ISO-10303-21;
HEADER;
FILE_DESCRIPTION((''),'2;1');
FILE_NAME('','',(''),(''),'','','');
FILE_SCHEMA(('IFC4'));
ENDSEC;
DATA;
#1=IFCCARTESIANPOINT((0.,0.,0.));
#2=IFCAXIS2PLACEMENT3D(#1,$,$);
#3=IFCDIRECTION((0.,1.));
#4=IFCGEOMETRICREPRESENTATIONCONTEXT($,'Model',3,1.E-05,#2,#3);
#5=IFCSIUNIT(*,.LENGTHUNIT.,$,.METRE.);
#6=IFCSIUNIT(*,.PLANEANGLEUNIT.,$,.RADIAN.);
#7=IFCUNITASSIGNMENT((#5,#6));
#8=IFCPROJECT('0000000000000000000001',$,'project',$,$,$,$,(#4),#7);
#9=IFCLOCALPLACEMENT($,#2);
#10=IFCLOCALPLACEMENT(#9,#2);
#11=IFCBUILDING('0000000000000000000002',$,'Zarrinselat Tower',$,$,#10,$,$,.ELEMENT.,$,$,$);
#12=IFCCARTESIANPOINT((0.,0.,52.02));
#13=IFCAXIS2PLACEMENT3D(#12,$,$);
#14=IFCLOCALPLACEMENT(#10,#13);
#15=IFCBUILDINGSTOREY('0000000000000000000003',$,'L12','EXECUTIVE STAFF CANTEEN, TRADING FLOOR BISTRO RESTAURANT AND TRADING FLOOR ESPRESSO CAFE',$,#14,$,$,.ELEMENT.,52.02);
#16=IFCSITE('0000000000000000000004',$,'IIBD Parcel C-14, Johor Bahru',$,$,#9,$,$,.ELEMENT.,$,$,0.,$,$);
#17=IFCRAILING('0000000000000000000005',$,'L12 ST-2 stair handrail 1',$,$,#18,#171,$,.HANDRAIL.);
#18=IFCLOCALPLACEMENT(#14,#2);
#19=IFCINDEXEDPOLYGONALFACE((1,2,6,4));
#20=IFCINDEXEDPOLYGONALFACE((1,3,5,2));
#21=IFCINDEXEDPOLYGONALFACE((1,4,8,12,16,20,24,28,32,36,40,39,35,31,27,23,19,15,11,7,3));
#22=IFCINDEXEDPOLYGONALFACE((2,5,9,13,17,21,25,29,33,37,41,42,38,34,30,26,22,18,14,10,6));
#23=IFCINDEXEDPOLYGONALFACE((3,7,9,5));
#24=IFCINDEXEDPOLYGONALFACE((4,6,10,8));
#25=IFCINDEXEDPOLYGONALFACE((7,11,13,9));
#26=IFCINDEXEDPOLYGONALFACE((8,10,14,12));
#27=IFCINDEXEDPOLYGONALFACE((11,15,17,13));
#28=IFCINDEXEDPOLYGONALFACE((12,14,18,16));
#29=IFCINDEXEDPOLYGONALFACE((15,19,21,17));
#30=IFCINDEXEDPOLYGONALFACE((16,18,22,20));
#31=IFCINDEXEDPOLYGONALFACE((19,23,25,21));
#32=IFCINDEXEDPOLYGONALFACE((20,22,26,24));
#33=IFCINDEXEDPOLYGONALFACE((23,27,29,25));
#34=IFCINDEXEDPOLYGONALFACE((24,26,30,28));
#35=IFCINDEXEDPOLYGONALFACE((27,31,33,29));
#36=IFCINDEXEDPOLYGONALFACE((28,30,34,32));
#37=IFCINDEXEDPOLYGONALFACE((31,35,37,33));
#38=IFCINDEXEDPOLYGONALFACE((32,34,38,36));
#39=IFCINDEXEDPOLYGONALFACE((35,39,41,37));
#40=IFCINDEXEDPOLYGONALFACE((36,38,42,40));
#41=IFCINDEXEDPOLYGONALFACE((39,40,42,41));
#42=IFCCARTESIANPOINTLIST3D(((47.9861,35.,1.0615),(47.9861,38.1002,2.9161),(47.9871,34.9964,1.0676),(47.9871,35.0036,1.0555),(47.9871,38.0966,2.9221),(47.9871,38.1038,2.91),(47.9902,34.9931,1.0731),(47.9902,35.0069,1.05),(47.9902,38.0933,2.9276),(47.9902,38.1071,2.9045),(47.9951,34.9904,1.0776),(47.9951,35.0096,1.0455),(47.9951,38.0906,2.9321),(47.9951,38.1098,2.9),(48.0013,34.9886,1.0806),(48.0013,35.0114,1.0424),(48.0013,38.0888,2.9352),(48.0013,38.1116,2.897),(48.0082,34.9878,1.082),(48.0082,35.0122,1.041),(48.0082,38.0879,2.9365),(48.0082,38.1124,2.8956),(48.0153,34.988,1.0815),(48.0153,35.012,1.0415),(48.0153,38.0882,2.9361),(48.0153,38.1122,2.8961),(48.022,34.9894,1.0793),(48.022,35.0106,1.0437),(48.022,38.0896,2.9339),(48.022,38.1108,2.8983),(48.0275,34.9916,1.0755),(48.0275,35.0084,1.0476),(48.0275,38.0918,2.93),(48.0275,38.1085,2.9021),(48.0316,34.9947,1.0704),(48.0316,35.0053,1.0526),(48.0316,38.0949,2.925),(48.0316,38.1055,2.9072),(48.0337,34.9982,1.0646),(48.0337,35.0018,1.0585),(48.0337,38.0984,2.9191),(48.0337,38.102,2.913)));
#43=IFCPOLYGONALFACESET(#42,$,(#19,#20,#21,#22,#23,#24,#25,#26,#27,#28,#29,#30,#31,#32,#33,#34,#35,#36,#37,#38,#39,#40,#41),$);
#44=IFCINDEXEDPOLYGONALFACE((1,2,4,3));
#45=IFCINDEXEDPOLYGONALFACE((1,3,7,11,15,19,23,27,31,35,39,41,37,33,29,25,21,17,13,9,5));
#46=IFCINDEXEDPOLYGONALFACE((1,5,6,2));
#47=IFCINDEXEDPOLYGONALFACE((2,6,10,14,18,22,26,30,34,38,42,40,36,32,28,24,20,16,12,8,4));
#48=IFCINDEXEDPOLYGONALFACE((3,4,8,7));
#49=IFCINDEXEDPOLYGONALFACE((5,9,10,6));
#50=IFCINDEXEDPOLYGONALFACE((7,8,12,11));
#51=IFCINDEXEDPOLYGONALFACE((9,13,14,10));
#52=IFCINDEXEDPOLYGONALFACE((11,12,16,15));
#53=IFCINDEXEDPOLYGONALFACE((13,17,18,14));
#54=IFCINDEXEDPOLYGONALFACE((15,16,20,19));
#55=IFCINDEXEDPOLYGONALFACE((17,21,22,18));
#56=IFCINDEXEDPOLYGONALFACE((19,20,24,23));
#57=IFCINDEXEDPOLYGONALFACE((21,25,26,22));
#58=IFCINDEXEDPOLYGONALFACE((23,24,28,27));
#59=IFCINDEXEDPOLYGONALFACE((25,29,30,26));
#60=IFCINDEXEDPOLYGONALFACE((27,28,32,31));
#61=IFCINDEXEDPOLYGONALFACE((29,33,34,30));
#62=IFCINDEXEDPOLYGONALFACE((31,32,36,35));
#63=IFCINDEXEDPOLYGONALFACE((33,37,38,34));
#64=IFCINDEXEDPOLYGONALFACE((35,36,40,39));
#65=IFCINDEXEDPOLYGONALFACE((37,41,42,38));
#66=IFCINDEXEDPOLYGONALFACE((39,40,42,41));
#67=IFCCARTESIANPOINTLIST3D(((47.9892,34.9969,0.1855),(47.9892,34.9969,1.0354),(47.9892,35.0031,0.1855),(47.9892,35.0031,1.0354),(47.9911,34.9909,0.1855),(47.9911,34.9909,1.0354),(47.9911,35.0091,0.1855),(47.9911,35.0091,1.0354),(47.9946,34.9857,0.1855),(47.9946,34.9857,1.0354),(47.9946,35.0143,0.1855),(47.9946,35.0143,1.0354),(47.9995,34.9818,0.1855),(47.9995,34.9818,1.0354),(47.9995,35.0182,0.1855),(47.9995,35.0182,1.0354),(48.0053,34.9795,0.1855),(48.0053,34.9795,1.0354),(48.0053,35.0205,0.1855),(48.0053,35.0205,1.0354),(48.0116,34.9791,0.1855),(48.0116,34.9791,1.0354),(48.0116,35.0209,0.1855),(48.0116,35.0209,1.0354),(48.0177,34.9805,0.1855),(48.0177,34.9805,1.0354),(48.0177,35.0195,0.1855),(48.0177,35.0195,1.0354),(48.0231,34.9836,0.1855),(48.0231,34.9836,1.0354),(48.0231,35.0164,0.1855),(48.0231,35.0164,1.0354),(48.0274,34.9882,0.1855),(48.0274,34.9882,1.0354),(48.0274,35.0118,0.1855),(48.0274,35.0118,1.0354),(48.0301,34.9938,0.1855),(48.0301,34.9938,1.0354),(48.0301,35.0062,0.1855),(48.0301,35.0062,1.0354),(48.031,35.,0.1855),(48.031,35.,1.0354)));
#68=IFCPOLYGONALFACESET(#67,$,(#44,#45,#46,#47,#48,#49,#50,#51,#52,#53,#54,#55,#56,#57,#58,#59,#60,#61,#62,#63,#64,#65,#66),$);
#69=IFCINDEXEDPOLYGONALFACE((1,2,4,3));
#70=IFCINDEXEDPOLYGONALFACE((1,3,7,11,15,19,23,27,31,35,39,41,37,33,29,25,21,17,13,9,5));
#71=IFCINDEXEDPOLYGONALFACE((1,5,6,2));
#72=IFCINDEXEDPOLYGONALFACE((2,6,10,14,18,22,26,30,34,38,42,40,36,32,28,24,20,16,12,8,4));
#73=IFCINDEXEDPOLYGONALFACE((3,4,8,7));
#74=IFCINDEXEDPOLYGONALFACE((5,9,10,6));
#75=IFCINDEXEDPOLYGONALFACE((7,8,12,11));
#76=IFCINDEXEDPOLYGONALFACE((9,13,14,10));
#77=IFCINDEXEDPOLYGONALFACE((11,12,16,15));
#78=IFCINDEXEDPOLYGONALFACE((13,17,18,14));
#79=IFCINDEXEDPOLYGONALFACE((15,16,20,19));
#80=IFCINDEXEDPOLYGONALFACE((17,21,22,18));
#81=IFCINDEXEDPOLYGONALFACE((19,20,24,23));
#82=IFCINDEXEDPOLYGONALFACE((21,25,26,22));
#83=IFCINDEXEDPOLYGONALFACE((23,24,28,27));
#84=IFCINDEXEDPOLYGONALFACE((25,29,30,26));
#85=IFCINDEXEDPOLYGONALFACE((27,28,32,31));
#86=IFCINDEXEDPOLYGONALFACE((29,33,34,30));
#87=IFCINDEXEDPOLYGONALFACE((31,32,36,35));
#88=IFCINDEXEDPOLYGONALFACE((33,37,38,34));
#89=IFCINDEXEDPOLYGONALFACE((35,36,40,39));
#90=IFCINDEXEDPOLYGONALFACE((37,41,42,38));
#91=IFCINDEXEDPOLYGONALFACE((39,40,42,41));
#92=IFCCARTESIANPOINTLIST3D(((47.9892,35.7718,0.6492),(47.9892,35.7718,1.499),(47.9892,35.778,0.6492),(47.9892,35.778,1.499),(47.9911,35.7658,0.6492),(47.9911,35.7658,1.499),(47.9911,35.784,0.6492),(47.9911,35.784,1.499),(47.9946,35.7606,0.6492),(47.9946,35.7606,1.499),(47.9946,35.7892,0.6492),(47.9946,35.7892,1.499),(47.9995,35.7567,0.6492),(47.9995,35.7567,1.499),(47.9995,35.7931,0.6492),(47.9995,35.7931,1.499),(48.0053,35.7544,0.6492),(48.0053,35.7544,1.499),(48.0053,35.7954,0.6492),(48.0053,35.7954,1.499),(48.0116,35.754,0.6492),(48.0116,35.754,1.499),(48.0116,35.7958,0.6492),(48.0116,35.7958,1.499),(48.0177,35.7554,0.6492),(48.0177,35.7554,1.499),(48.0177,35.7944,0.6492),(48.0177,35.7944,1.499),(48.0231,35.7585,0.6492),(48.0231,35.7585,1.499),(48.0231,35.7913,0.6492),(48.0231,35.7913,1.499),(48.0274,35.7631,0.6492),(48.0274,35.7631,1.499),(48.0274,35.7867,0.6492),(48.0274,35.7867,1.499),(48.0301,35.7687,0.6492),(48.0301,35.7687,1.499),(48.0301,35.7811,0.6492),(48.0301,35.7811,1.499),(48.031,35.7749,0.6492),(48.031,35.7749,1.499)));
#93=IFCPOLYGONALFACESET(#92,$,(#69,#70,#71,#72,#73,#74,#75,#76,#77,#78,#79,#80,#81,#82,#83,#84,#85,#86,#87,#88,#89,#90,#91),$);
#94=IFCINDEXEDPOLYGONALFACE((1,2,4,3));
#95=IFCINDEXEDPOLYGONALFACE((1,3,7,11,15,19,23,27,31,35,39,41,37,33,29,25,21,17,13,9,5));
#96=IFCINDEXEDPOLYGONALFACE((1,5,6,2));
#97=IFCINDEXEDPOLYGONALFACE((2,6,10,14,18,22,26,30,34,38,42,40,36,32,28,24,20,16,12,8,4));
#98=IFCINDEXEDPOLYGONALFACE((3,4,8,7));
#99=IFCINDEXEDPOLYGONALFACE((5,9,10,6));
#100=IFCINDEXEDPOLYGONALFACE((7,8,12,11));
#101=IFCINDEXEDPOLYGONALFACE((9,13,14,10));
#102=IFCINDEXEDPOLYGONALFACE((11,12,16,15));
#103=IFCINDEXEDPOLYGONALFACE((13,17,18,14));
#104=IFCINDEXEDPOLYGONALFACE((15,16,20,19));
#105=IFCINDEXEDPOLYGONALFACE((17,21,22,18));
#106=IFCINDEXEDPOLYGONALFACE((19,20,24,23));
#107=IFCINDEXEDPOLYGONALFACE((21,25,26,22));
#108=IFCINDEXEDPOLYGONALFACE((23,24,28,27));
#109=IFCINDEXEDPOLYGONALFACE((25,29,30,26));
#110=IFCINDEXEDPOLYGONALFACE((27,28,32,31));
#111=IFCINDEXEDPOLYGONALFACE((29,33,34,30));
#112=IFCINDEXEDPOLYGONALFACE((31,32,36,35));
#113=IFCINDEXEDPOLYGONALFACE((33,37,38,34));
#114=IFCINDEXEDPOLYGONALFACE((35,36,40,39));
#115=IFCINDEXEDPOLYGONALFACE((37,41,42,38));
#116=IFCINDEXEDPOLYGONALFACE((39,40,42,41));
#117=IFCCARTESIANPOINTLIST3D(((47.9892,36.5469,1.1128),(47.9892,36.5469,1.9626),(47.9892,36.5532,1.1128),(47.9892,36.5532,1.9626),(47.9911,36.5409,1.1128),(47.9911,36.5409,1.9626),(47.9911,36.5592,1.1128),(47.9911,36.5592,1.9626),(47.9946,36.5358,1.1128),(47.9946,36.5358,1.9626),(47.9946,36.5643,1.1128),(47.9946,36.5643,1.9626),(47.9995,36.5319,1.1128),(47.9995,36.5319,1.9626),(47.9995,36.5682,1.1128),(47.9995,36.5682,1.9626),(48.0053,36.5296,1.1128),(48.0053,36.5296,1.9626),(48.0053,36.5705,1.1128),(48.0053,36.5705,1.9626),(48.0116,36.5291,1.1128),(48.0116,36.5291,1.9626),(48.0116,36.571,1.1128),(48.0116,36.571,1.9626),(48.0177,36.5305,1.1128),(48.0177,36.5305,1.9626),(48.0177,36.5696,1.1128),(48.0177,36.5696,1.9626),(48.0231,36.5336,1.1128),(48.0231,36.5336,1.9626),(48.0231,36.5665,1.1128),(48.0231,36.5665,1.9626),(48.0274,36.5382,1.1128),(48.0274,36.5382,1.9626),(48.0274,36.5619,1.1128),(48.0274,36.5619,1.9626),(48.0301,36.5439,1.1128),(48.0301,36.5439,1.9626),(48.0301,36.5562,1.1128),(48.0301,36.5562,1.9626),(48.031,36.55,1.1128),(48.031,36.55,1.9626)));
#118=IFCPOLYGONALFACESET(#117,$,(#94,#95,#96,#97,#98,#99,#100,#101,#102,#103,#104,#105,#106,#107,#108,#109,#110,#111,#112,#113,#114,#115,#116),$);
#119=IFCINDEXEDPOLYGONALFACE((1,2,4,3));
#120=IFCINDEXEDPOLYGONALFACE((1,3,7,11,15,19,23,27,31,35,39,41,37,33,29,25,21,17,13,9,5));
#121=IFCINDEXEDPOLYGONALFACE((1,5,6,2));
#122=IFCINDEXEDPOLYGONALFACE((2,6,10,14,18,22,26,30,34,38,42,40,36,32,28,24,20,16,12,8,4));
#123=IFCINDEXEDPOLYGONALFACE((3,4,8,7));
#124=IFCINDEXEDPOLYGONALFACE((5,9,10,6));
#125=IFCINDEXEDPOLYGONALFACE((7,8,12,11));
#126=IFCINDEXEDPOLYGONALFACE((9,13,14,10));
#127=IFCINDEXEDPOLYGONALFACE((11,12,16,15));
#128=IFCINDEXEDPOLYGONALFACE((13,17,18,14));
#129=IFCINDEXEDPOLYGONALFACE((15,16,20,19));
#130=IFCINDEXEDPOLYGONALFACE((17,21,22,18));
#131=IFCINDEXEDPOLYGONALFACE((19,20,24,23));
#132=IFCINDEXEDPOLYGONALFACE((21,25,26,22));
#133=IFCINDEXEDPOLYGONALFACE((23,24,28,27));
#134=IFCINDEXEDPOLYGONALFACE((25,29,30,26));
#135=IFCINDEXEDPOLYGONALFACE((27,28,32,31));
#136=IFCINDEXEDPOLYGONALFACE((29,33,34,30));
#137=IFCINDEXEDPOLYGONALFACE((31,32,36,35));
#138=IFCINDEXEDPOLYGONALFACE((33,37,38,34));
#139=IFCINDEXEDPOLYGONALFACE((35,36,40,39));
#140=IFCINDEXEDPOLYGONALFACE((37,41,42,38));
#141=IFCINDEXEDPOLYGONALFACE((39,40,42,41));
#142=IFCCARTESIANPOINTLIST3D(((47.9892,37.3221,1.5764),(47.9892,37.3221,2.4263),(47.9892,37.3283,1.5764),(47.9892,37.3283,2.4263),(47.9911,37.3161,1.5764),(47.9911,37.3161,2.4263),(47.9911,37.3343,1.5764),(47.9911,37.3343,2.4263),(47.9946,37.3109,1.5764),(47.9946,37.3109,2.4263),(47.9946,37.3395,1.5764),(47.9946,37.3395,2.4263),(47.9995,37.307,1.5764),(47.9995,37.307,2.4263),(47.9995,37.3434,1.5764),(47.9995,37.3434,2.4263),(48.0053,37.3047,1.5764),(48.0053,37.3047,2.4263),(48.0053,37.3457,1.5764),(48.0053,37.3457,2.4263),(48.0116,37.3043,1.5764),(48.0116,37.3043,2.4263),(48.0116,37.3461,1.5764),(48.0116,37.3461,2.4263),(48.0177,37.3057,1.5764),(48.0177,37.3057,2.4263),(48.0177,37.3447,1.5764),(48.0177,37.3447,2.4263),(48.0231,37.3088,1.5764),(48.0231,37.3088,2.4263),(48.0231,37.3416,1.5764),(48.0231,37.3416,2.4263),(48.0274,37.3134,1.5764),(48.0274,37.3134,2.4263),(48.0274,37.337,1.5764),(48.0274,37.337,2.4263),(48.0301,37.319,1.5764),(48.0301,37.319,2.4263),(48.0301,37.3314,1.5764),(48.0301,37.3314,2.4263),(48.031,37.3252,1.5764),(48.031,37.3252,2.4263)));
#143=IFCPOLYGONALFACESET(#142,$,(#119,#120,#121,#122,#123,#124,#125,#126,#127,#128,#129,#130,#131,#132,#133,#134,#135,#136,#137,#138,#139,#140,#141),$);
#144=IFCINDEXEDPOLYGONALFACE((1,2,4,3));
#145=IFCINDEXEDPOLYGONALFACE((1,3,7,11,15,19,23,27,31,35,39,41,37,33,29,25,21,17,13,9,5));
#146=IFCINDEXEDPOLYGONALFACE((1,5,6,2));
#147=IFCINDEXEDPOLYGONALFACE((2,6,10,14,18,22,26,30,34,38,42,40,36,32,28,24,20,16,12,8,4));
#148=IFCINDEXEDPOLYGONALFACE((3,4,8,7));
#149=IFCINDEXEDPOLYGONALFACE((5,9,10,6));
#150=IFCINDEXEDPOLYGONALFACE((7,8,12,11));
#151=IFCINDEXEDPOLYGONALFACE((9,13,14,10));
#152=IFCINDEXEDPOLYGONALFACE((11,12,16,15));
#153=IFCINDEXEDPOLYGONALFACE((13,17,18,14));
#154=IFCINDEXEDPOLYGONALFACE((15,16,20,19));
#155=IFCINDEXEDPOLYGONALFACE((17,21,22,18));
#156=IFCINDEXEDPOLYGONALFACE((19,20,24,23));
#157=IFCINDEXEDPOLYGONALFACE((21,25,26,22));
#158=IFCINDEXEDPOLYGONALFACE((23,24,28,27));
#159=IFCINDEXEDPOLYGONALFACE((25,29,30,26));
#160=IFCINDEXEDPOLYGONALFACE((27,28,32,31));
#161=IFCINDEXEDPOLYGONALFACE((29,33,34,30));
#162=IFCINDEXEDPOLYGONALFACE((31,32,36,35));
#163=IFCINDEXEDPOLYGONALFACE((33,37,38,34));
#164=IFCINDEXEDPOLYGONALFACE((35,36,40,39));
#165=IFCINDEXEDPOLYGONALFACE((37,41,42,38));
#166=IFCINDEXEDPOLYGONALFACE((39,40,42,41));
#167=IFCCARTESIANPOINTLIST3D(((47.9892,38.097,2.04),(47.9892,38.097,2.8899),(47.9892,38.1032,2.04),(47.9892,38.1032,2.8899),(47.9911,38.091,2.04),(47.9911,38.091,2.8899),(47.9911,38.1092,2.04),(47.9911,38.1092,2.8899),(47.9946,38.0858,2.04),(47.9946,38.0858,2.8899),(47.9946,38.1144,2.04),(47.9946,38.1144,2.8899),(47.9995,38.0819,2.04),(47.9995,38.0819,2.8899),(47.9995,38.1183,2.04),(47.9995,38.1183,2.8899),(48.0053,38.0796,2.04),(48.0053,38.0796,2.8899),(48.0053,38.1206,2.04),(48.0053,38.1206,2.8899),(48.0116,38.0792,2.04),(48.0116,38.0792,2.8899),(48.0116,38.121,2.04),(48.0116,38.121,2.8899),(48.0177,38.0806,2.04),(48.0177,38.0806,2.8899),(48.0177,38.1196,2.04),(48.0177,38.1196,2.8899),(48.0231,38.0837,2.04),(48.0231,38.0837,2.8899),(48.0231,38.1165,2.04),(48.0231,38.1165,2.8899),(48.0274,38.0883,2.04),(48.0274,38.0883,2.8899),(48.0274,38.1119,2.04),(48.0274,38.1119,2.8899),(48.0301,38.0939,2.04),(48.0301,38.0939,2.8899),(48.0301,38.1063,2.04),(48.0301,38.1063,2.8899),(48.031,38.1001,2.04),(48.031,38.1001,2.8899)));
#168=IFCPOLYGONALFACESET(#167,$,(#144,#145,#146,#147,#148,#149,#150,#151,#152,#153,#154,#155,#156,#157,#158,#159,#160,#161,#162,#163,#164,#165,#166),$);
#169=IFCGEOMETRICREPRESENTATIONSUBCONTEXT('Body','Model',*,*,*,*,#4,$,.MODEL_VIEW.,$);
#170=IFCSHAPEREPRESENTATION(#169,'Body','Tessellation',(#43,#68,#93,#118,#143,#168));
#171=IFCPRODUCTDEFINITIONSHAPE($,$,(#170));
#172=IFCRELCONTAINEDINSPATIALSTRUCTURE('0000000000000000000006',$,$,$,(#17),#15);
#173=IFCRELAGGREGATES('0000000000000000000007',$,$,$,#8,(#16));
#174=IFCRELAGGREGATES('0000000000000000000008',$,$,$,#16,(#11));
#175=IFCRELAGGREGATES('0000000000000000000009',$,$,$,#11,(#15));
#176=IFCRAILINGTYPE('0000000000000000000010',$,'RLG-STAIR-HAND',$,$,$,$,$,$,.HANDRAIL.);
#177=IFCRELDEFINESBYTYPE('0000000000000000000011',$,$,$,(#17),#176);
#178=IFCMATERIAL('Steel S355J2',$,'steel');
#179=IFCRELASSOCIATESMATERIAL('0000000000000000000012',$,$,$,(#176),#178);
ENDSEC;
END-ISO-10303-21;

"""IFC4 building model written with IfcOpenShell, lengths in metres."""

from ifc_helpers import new_model, si_unit, direction, frame, origin, origin_2d, place, context, subcontext, project, spatial, circle, extrude, material, type_object, element, save


model = new_model("IFC4")

# Units and contexts
model_context = context("Model", 3, precision=1e-05, world=origin(), true_north=direction((0.0, 1.0)))
body_context = subcontext(model_context, "Body", "Model", "MODEL_VIEW")
ifc_project = project(units=[si_unit("LENGTHUNIT", "METRE"), si_unit("PLANEANGLEUNIT", "RADIAN")], contexts=[model_context])

# Site, building, storey
site_placement = place(None, origin())
site = spatial("IfcSite", under=ifc_project, at=site_placement, Name="IIBD Parcel C-14, Johor Bahru", CompositionType="ELEMENT", RefElevation=0.0)
building_placement = place(site_placement, origin())
building = spatial("IfcBuilding", under=site, at=building_placement, Name="Zarrinselat Tower", CompositionType="ELEMENT")
storey_placement = place(building_placement, frame((0.0, 0.0, 52.02)))
storey = spatial("IfcBuildingStorey", under=building, at=storey_placement, Name="L12", Description="EXECUTIVE STAFF CANTEEN, TRADING FLOOR BISTRO RESTAURANT AND TRADING FLOOR ESPRESSO CAFE", CompositionType="ELEMENT", Elevation=52.02)

# Railing
ifc_material_1 = material(Name="Steel S355J2", Category="steel")
railing_type_1 = type_object("IfcRailingType", Name="RLG-STAIR-HAND", PredefinedType="HANDRAIL", material=ifc_material_1)
railing_1_placement = place(storey_placement, frame((48.01, 35.0, 0.1855)))
element("IfcRailing", 1, at=railing_1_placement, inside=storey, type_object=railing_type_1, Name="L12 ST-2 stair handrail 1", PredefinedType="HANDRAIL", context=body_context, shape_type="SweptSolid", body=[
    extrude(circle(Radius=0.0239, at=origin_2d()), frame((0.0, 0.0, 0.876), z_axis=(0.0, 0.858172, 0.513362), x_axis=(-1.0, 0.0, 0.0)), (0.0, 0.0, 1.0), 3.6125),
    extrude(circle(Radius=0.021, at=origin_2d()), origin(), (0.0, 0.0, 1.0), 0.8499),
    extrude(circle(Radius=0.021, at=origin_2d()), frame((0.0, 0.7749, 0.4636)), (0.0, 0.0, 1.0), 0.8499),
    extrude(circle(Radius=0.021, at=origin_2d()), frame((0.0, 1.55, 0.9272)), (0.0, 0.0, 1.0), 0.8499),
    extrude(circle(Radius=0.021, at=origin_2d()), frame((0.0, 2.3252, 1.3909)), (0.0, 0.0, 1.0), 0.8499),
    extrude(circle(Radius=0.021, at=origin_2d()), frame((0.0, 3.1001, 1.8545)), (0.0, 0.0, 1.0), 0.8499),
])

save(model, "model.ifc")
